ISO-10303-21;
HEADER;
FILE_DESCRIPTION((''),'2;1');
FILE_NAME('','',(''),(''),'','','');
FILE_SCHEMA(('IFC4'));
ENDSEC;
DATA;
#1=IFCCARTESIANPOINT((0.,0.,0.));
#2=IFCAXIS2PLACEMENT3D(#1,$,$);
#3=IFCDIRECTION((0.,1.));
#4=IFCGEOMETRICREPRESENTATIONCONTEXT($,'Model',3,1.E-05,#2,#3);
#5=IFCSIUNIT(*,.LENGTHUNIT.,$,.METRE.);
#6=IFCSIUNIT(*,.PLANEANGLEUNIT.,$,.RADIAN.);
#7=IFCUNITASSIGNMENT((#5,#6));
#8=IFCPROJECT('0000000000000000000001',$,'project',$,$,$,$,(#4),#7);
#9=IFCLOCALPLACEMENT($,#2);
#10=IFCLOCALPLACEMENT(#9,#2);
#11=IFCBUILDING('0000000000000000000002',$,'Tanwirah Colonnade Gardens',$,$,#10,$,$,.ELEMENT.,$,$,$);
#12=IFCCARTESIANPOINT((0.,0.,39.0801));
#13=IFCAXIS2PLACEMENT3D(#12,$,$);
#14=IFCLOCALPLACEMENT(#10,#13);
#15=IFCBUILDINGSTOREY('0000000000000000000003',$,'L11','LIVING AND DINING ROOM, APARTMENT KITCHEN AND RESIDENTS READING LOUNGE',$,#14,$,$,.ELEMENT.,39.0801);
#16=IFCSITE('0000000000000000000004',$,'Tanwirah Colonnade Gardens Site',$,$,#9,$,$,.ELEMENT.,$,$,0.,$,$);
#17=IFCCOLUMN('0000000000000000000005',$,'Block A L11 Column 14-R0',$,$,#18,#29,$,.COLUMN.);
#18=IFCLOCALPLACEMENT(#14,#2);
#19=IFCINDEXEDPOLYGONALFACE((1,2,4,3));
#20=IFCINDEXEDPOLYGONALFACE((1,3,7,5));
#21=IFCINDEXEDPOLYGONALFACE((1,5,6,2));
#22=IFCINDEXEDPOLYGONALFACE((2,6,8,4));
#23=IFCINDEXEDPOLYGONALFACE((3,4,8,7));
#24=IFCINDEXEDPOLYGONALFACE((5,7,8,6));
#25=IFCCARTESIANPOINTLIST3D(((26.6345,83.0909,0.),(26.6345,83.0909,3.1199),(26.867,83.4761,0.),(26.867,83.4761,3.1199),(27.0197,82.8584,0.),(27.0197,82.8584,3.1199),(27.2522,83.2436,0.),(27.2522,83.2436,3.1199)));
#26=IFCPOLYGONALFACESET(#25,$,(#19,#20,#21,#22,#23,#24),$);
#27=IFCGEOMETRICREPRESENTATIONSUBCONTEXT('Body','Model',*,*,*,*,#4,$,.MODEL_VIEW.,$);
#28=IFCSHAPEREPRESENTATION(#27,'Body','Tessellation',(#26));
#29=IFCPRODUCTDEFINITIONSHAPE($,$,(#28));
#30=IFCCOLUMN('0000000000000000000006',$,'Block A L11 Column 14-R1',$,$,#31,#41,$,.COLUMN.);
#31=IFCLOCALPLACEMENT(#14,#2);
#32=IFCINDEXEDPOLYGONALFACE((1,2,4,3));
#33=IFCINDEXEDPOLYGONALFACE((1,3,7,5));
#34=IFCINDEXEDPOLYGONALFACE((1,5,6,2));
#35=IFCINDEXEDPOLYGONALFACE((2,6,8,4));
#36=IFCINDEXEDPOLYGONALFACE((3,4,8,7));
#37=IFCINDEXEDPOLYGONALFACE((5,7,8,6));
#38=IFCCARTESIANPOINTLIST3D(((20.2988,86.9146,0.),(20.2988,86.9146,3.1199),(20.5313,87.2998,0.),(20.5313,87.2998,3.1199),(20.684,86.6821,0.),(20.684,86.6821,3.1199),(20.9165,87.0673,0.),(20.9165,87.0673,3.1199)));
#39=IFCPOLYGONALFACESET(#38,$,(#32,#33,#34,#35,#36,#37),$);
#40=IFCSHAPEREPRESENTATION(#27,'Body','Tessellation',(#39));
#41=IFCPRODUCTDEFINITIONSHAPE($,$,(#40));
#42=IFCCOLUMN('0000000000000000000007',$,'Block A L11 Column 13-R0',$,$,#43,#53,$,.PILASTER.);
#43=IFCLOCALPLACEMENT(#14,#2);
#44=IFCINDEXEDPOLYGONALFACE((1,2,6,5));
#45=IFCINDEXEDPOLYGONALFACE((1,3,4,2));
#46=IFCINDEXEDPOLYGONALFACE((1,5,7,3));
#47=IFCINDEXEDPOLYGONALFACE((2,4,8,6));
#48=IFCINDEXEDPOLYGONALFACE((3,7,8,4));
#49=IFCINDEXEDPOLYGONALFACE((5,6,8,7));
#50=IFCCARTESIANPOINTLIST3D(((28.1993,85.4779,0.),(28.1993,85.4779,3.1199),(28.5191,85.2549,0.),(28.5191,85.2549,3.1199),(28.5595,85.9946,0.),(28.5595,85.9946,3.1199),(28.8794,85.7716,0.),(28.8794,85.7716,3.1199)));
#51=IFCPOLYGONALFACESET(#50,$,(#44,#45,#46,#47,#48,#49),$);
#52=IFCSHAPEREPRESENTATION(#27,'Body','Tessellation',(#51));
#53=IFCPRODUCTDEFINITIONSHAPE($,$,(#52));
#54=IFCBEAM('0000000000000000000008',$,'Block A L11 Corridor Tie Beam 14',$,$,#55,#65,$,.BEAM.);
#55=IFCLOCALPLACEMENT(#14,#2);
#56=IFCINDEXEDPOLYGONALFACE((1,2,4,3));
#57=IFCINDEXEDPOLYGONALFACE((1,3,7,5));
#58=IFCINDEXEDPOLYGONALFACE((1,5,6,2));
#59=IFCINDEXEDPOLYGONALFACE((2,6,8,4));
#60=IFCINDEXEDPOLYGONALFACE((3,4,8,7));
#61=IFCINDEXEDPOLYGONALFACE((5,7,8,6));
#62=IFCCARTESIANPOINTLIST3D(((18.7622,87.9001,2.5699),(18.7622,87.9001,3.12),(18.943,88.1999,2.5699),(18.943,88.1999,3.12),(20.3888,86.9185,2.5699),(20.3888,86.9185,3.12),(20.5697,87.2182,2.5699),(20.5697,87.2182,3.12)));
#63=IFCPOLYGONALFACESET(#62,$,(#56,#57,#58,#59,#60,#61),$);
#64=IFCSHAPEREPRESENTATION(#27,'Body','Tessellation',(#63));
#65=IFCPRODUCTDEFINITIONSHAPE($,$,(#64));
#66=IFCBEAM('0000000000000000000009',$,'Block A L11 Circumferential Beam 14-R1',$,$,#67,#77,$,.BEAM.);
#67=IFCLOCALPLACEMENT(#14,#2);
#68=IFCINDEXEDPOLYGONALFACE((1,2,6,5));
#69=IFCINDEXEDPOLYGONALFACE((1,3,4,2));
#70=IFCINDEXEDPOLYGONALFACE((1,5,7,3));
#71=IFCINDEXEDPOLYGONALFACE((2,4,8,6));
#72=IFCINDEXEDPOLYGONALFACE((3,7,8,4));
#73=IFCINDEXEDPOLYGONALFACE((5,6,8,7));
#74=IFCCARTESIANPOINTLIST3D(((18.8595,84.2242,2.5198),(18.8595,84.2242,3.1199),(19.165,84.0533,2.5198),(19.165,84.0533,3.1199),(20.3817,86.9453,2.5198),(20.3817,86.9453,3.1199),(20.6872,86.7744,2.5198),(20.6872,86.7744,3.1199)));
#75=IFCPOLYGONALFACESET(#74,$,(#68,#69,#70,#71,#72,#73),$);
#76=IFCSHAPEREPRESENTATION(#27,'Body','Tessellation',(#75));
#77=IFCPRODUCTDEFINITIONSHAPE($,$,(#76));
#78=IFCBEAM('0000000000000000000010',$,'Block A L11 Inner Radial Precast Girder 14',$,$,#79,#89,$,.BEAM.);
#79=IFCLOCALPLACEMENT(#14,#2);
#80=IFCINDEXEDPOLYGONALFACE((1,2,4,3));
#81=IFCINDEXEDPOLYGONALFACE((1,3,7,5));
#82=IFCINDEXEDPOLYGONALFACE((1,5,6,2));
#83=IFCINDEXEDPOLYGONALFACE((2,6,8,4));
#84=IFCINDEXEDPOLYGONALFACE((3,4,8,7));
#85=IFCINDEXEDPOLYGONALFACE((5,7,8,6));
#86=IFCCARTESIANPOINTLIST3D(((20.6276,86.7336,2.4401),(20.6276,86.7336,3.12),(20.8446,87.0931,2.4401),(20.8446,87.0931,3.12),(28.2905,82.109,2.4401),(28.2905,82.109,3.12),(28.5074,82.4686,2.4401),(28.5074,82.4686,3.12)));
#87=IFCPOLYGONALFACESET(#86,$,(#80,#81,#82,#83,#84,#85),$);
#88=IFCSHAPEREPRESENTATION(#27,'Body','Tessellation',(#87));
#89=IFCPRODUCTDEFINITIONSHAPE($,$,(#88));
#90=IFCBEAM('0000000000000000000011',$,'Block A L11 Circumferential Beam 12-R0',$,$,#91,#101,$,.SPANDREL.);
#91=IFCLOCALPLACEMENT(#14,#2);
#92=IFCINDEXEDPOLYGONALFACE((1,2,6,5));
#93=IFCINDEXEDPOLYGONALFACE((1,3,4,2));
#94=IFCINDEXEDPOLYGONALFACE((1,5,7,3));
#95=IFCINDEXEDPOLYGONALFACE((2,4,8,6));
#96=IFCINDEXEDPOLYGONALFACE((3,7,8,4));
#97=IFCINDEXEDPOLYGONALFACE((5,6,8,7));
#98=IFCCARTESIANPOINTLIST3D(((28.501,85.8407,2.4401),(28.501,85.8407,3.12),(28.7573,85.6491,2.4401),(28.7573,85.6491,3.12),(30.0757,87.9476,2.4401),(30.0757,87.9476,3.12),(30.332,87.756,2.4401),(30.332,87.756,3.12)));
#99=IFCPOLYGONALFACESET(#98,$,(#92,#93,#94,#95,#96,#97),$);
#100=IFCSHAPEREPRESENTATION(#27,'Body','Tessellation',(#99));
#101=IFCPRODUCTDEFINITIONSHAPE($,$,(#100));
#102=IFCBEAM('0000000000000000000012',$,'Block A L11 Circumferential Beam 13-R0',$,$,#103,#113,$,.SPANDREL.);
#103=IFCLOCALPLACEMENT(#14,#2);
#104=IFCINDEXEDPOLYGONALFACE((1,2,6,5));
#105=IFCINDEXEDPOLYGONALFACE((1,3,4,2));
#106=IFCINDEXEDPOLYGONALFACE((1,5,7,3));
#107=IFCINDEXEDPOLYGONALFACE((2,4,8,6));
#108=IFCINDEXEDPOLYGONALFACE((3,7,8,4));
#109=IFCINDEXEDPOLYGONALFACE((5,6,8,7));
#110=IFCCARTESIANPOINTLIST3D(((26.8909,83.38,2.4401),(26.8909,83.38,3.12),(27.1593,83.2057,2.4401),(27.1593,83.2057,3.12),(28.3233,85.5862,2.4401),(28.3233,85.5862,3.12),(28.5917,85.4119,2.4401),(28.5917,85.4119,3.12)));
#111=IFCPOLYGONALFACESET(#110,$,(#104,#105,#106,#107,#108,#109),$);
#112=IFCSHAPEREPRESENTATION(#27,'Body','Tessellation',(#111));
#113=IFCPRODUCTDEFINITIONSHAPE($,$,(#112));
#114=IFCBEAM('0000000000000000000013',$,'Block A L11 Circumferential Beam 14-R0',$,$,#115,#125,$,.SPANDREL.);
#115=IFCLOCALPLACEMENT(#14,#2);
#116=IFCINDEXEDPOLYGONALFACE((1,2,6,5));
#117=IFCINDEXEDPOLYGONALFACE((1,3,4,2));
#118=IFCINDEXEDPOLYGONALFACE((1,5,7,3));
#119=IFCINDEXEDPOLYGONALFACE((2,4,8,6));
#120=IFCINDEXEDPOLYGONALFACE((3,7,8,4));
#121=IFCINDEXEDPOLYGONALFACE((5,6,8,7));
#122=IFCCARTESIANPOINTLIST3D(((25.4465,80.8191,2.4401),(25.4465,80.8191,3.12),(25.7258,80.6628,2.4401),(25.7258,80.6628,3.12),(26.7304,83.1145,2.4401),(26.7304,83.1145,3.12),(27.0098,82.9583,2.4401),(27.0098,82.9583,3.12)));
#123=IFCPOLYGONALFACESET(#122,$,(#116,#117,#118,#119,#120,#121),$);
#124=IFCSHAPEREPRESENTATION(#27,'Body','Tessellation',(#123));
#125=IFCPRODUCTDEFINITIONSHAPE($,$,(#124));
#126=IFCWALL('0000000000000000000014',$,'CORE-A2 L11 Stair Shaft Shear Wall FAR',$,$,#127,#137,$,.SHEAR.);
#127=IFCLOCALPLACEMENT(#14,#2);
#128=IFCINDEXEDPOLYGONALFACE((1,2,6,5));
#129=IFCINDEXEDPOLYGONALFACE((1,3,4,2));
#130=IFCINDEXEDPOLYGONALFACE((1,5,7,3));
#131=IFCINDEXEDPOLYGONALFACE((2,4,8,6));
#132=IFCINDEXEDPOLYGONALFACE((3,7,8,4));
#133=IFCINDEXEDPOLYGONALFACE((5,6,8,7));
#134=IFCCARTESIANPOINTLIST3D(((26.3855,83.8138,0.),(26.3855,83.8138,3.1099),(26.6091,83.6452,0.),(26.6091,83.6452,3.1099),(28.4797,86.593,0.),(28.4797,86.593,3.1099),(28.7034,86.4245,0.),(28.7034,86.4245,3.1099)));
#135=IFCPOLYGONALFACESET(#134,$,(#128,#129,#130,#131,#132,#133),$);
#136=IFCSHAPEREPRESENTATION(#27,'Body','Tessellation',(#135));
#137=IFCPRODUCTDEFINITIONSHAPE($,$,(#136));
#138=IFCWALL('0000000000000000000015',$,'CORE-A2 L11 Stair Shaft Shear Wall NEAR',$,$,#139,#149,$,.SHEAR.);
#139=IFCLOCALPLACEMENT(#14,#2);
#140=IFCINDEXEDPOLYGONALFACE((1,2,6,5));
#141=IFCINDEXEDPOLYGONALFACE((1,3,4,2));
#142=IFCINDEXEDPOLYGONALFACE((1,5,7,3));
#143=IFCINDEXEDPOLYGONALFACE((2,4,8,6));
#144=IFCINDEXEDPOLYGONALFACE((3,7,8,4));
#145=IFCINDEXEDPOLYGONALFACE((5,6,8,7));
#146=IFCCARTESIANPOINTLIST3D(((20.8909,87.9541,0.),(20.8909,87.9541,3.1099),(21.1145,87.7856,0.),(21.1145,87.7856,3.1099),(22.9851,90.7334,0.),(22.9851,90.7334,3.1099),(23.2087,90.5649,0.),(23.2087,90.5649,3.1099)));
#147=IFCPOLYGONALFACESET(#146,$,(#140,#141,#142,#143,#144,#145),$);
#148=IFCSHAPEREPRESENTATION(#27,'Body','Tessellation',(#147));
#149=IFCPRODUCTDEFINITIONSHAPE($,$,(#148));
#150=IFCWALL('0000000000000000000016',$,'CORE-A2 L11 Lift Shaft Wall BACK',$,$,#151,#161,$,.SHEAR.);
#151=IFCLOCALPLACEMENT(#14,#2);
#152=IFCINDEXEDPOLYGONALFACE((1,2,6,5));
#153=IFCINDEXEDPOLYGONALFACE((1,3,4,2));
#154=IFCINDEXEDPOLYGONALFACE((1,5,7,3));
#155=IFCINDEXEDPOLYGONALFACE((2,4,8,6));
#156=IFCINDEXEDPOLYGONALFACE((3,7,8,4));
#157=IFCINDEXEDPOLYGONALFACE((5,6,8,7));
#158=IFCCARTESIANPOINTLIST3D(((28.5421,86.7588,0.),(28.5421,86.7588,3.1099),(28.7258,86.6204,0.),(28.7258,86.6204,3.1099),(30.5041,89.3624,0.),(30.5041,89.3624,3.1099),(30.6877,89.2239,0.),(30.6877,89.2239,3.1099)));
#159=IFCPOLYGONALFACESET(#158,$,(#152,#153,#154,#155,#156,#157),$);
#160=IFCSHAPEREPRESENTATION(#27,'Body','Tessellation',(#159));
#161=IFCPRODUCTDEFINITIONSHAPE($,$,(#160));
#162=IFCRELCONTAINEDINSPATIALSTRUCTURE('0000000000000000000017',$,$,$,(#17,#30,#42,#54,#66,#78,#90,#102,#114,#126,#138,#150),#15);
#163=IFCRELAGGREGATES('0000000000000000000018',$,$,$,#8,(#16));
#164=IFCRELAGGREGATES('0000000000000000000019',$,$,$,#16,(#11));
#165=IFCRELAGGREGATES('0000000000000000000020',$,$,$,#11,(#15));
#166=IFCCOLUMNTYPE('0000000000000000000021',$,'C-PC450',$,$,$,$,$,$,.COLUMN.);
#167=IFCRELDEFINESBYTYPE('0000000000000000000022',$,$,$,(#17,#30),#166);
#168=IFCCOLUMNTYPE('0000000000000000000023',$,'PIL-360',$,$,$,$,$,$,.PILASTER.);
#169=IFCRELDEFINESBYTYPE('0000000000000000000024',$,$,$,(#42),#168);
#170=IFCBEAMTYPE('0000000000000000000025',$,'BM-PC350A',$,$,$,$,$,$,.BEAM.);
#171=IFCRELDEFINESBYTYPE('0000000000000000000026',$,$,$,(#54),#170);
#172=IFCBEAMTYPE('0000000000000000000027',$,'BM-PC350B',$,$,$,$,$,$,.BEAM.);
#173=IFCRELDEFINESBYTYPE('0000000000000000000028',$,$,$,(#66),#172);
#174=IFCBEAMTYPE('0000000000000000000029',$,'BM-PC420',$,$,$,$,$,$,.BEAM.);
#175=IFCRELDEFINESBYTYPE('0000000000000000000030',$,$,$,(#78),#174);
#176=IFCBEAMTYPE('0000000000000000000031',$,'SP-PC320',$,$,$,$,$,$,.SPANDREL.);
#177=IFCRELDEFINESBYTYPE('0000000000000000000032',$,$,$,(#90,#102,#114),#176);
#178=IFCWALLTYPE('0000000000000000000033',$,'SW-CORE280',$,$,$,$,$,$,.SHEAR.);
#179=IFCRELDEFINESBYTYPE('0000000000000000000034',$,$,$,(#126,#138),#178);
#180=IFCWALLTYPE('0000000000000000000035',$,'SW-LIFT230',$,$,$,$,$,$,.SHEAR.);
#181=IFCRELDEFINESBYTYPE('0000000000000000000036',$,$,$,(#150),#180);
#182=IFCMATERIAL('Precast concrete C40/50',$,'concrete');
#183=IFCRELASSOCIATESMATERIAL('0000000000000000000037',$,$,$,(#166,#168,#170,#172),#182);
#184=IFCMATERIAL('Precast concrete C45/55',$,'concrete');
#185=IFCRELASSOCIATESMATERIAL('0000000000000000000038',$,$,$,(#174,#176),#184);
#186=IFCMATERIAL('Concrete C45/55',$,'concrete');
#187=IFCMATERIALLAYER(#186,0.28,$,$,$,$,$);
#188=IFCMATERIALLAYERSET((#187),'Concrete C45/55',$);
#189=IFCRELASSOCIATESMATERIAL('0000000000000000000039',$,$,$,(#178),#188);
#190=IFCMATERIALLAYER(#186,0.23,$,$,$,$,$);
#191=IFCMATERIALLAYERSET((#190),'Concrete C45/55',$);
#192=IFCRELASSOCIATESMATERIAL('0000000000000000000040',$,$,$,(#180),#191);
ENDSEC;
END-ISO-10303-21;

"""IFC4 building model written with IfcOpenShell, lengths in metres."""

from ifc_helpers import new_model, si_unit, direction, frame, frame_2d, origin, origin_2d, place, context, subcontext, project, spatial, rectangle, extrude, material, layer, layer_set, material_profile, profile_set, type_object, element, save


model = new_model("IFC4")

# Units and contexts
model_context = context("Model", 3, precision=1e-05, world=origin(), true_north=direction((0.0, 1.0)))
body_context = subcontext(model_context, "Body", "Model", "MODEL_VIEW")
ifc_project = project(units=[si_unit("LENGTHUNIT", "METRE"), si_unit("PLANEANGLEUNIT", "RADIAN")], contexts=[model_context])

# Site, building, storey
site_placement = place(None, origin())
site = spatial("IfcSite", under=ifc_project, at=site_placement, Name="Tanwirah Colonnade Gardens Site", CompositionType="ELEMENT", RefElevation=0.0)
building_placement = place(site_placement, origin())
building = spatial("IfcBuilding", under=site, at=building_placement, Name="Tanwirah Colonnade Gardens", CompositionType="ELEMENT")
storey_placement = place(building_placement, frame((0.0, 0.0, 39.0801)))
storey = spatial("IfcBuildingStorey", under=building, at=storey_placement, Name="L11", Description="LIVING AND DINING ROOM, APARTMENT KITCHEN AND RESIDENTS READING LOUNGE", CompositionType="ELEMENT", Elevation=39.0801)

# Columns
ifc_material_1 = material(Name="Precast concrete C40/50", Category="concrete")
ifc_material_profile_1 = material_profile(ifc_material_1, rectangle(XDim=0.45, YDim=0.45, at=origin_2d()), Name="PC-COL 450x450")
ifc_profile_set_1 = profile_set([ifc_material_profile_1], Name="Precast concrete C40/50")
column_type_1 = type_object("IfcColumnType", Name="C-PC450", PredefinedType="COLUMN", material=ifc_profile_set_1)
for number, where, z_axis, x_axis, name in (
    (1, (26.9434, 83.1672, 0.0), (0.0, 0.0, 1.0), (-0.856167, 0.516699, 0.0), "Block A L11 Column 14-R0"),
    (2, (20.6077, 86.991, 0.0), (0.0, 0.0, 1.0), (-0.856167, 0.516699, 0.0), "Block A L11 Column 14-R1"),
):
    element("IfcColumn", number, at=place(storey_placement, frame(where, z_axis=z_axis, x_axis=x_axis)), inside=storey, type_object=column_type_1, Name=name, PredefinedType="COLUMN", context=body_context, shape_type="SweptSolid", body=[
        extrude(rectangle(XDim=0.45, YDim=0.45, at=origin_2d()), origin(), (0.0, 0.0, 1.0), 3.1199),
    ])
ifc_material_profile_2 = material_profile(ifc_material_1, rectangle(XDim=0.3899, YDim=0.6299, at=origin_2d()), Name="PC-PIL 390x630")
ifc_profile_set_2 = profile_set([ifc_material_profile_2], Name="Precast concrete C40/50")
column_type_2 = type_object("IfcColumnType", Name="PIL-360", PredefinedType="PILASTER", material=ifc_profile_set_2)
column_placement = place(storey_placement, frame((28.5393, 85.6248, 0.0), z_axis=(0.0, 0.0, 1.0), x_axis=(-0.820263, 0.571987, 0.0)))
element("IfcColumn", 3, at=column_placement, inside=storey, type_object=column_type_2, Name="Block A L11 Column 13-R0", PredefinedType="PILASTER", context=body_context, shape_type="SweptSolid", body=[
    extrude(rectangle(XDim=0.3899, YDim=0.6299, at=origin_2d()), origin(), (0.0, 0.0, 1.0), 3.1199),
])

# Beams
ifc_material_profile_3 = material_profile(ifc_material_1, rectangle(XDim=0.3501, YDim=0.55, at=origin_2d()), Name="PC-BM 350x550")
ifc_profile_set_3 = profile_set([ifc_material_profile_3], Name="Precast concrete C40/50")
beam_type_1 = type_object("IfcBeamType", Name="BM-PC350A", PredefinedType="BEAM", material=ifc_profile_set_3)
beam_1_placement = place(storey_placement, frame((20.4792, 87.0684, 2.845), z_axis=(-0.856175, 0.516686, 0.0), x_axis=(-0.516686, -0.856175, 0.0)))
element("IfcBeam", 4, at=beam_1_placement, inside=storey, type_object=beam_type_1, Name="Block A L11 Corridor Tie Beam 14", PredefinedType="BEAM", context=body_context, shape_type="SweptSolid", body=[
    extrude(rectangle(XDim=0.3501, YDim=0.55, at=origin_2d()), origin(), (0.0, 0.0, 1.0), 1.8999),
])
ifc_material_profile_4 = material_profile(ifc_material_1, rectangle(XDim=0.3501, YDim=0.6001, at=origin_2d()), Name="PC-BM 350x600")
ifc_profile_set_4 = profile_set([ifc_material_profile_4], Name="Precast concrete C40/50")
beam_type_2 = type_object("IfcBeamType", Name="BM-PC350B", PredefinedType="BEAM", material=ifc_profile_set_4)
beam_2_placement = place(storey_placement, frame((20.5344, 86.8599, 2.8198), z_axis=(-0.4882, -0.872732, 0.0), x_axis=(0.872732, -0.4882, 0.0)))
element("IfcBeam", 5, at=beam_2_placement, inside=storey, type_object=beam_type_2, Name="Block A L11 Circumferential Beam 14-R1", PredefinedType="BEAM", context=body_context, shape_type="SweptSolid", body=[
    extrude(rectangle(XDim=0.3501, YDim=0.6001, at=origin_2d()), origin(), (0.0, 0.0, 1.0), 3.1179),
])
ifc_material_2 = material(Name="Precast concrete C45/55", Category="concrete")
ifc_material_profile_5 = material_profile(ifc_material_2, rectangle(XDim=0.4199, YDim=0.6799, at=origin_2d()), Name="PC-BM 420x680")
ifc_profile_set_5 = profile_set([ifc_material_profile_5], Name="Precast concrete C45/55")
beam_type_3 = type_object("IfcBeamType", Name="BM-PC420", PredefinedType="BEAM", material=ifc_profile_set_5)
beam_3_placement = place(storey_placement, frame((20.7361, 86.9133, 2.78), z_axis=(0.856169, -0.516696, 0.0), x_axis=(0.516696, 0.856169, 0.0)))
element("IfcBeam", 6, at=beam_3_placement, inside=storey, type_object=beam_type_3, Name="Block A L11 Inner Radial Precast Girder 14", PredefinedType="BEAM", context=body_context, shape_type="SweptSolid", body=[
    extrude(rectangle(XDim=0.4199, YDim=0.6799, at=origin_2d()), origin(), (0.0, 0.0, 1.0), 8.9502),
])
ifc_material_profile_6 = material_profile(ifc_material_2, rectangle(XDim=0.3201, YDim=0.6799, at=origin_2d()), Name="PC-SP 320x680")
ifc_profile_set_6 = profile_set([ifc_material_profile_6], Name="Precast concrete C45/55")
beam_type_4 = type_object("IfcBeamType", Name="SP-PC320", PredefinedType="SPANDREL", material=ifc_profile_set_6)
for number, where, z_axis, x_axis, name in (
    (7, (30.2039, 87.8518, 2.78), (-0.598663, -0.801001, 0.0), (0.801001, -0.598663, 0.0), "Block A L11 Circumferential Beam 12-R0"),
    (8, (28.4575, 85.499, 2.78), (-0.544571, -0.838715, 0.0), (0.838715, -0.544571, 0.0), "Block A L11 Circumferential Beam 13-R0"),
):
    element("IfcBeam", number, at=place(storey_placement, frame(where, z_axis=z_axis, x_axis=x_axis)), inside=storey, type_object=beam_type_4, Name=name, PredefinedType="SPANDREL", context=body_context, shape_type="SweptSolid", body=[
        extrude(rectangle(XDim=0.3201, YDim=0.6799, at=origin_2d()), origin(), (0.0, 0.0, 1.0), 2.6304),
    ])
beam_4_placement = place(storey_placement, frame((26.8701, 83.0364, 2.78), z_axis=(-0.488171, -0.872748, 0.0), x_axis=(0.872748, -0.488171, 0.0)))
element("IfcBeam", 9, at=beam_4_placement, inside=storey, type_object=beam_type_4, Name="Block A L11 Circumferential Beam 14-R0", PredefinedType="SPANDREL", context=body_context, shape_type="SweptSolid", body=[
    extrude(rectangle(XDim=0.3201, YDim=0.6799, at=origin_2d()), origin(), (0.0, 0.0, 1.0), 2.6301),
])

# Walls
ifc_material_3 = material(Name="Concrete C45/55", Category="concrete")
ifc_layer_1 = layer(ifc_material_3, 0.28)
ifc_layer_set_1 = layer_set([ifc_layer_1], Name="Concrete C45/55")
wall_type_1 = type_object("IfcWallType", Name="SW-CORE280", PredefinedType="SHEAR", material=ifc_layer_set_1)
for number, where, z_axis, x_axis, name in (
    (10, (26.4973, 83.7295, 0.0), (0.0, 0.0, 1.0), (0.601794, 0.798651, 0.0), "CORE-A2 L11 Stair Shaft Shear Wall FAR"),
    (11, (21.0027, 87.8699, 0.0), (0.0, 0.0, 1.0), (0.601794, 0.798651, 0.0), "CORE-A2 L11 Stair Shaft Shear Wall NEAR"),
):
    element("IfcWall", number, at=place(storey_placement, frame(where, z_axis=z_axis, x_axis=x_axis)), inside=storey, type_object=wall_type_1, Name=name, PredefinedType="SHEAR", context=body_context, shape_type="SweptSolid", body=[
        extrude(rectangle(XDim=3.48, YDim=0.28, at=frame_2d((1.74, 0.0))), origin(), (0.0, 0.0, 1.0), 3.1099),
    ])
ifc_layer_2 = layer(ifc_material_3, 0.23)
ifc_layer_set_2 = layer_set([ifc_layer_2], Name="Concrete C45/55")
wall_type_2 = type_object("IfcWallType", Name="SW-LIFT230", PredefinedType="SHEAR", material=ifc_layer_set_2)
wall_1_placement = place(storey_placement, frame((28.634, 86.6897, 0.0), z_axis=(0.0, 0.0, 1.0), x_axis=(0.60182, 0.798632, 0.0)))
element("IfcWall", 12, at=wall_1_placement, inside=storey, type_object=wall_type_2, Name="CORE-A2 L11 Lift Shaft Wall BACK", PredefinedType="SHEAR", context=body_context, shape_type="SweptSolid", body=[
    extrude(rectangle(XDim=3.26, YDim=0.23, at=frame_2d((1.6299, 0.0))), origin(), (0.0, 0.0, 1.0), 3.1099),
])

save(model, "model.ifc")
